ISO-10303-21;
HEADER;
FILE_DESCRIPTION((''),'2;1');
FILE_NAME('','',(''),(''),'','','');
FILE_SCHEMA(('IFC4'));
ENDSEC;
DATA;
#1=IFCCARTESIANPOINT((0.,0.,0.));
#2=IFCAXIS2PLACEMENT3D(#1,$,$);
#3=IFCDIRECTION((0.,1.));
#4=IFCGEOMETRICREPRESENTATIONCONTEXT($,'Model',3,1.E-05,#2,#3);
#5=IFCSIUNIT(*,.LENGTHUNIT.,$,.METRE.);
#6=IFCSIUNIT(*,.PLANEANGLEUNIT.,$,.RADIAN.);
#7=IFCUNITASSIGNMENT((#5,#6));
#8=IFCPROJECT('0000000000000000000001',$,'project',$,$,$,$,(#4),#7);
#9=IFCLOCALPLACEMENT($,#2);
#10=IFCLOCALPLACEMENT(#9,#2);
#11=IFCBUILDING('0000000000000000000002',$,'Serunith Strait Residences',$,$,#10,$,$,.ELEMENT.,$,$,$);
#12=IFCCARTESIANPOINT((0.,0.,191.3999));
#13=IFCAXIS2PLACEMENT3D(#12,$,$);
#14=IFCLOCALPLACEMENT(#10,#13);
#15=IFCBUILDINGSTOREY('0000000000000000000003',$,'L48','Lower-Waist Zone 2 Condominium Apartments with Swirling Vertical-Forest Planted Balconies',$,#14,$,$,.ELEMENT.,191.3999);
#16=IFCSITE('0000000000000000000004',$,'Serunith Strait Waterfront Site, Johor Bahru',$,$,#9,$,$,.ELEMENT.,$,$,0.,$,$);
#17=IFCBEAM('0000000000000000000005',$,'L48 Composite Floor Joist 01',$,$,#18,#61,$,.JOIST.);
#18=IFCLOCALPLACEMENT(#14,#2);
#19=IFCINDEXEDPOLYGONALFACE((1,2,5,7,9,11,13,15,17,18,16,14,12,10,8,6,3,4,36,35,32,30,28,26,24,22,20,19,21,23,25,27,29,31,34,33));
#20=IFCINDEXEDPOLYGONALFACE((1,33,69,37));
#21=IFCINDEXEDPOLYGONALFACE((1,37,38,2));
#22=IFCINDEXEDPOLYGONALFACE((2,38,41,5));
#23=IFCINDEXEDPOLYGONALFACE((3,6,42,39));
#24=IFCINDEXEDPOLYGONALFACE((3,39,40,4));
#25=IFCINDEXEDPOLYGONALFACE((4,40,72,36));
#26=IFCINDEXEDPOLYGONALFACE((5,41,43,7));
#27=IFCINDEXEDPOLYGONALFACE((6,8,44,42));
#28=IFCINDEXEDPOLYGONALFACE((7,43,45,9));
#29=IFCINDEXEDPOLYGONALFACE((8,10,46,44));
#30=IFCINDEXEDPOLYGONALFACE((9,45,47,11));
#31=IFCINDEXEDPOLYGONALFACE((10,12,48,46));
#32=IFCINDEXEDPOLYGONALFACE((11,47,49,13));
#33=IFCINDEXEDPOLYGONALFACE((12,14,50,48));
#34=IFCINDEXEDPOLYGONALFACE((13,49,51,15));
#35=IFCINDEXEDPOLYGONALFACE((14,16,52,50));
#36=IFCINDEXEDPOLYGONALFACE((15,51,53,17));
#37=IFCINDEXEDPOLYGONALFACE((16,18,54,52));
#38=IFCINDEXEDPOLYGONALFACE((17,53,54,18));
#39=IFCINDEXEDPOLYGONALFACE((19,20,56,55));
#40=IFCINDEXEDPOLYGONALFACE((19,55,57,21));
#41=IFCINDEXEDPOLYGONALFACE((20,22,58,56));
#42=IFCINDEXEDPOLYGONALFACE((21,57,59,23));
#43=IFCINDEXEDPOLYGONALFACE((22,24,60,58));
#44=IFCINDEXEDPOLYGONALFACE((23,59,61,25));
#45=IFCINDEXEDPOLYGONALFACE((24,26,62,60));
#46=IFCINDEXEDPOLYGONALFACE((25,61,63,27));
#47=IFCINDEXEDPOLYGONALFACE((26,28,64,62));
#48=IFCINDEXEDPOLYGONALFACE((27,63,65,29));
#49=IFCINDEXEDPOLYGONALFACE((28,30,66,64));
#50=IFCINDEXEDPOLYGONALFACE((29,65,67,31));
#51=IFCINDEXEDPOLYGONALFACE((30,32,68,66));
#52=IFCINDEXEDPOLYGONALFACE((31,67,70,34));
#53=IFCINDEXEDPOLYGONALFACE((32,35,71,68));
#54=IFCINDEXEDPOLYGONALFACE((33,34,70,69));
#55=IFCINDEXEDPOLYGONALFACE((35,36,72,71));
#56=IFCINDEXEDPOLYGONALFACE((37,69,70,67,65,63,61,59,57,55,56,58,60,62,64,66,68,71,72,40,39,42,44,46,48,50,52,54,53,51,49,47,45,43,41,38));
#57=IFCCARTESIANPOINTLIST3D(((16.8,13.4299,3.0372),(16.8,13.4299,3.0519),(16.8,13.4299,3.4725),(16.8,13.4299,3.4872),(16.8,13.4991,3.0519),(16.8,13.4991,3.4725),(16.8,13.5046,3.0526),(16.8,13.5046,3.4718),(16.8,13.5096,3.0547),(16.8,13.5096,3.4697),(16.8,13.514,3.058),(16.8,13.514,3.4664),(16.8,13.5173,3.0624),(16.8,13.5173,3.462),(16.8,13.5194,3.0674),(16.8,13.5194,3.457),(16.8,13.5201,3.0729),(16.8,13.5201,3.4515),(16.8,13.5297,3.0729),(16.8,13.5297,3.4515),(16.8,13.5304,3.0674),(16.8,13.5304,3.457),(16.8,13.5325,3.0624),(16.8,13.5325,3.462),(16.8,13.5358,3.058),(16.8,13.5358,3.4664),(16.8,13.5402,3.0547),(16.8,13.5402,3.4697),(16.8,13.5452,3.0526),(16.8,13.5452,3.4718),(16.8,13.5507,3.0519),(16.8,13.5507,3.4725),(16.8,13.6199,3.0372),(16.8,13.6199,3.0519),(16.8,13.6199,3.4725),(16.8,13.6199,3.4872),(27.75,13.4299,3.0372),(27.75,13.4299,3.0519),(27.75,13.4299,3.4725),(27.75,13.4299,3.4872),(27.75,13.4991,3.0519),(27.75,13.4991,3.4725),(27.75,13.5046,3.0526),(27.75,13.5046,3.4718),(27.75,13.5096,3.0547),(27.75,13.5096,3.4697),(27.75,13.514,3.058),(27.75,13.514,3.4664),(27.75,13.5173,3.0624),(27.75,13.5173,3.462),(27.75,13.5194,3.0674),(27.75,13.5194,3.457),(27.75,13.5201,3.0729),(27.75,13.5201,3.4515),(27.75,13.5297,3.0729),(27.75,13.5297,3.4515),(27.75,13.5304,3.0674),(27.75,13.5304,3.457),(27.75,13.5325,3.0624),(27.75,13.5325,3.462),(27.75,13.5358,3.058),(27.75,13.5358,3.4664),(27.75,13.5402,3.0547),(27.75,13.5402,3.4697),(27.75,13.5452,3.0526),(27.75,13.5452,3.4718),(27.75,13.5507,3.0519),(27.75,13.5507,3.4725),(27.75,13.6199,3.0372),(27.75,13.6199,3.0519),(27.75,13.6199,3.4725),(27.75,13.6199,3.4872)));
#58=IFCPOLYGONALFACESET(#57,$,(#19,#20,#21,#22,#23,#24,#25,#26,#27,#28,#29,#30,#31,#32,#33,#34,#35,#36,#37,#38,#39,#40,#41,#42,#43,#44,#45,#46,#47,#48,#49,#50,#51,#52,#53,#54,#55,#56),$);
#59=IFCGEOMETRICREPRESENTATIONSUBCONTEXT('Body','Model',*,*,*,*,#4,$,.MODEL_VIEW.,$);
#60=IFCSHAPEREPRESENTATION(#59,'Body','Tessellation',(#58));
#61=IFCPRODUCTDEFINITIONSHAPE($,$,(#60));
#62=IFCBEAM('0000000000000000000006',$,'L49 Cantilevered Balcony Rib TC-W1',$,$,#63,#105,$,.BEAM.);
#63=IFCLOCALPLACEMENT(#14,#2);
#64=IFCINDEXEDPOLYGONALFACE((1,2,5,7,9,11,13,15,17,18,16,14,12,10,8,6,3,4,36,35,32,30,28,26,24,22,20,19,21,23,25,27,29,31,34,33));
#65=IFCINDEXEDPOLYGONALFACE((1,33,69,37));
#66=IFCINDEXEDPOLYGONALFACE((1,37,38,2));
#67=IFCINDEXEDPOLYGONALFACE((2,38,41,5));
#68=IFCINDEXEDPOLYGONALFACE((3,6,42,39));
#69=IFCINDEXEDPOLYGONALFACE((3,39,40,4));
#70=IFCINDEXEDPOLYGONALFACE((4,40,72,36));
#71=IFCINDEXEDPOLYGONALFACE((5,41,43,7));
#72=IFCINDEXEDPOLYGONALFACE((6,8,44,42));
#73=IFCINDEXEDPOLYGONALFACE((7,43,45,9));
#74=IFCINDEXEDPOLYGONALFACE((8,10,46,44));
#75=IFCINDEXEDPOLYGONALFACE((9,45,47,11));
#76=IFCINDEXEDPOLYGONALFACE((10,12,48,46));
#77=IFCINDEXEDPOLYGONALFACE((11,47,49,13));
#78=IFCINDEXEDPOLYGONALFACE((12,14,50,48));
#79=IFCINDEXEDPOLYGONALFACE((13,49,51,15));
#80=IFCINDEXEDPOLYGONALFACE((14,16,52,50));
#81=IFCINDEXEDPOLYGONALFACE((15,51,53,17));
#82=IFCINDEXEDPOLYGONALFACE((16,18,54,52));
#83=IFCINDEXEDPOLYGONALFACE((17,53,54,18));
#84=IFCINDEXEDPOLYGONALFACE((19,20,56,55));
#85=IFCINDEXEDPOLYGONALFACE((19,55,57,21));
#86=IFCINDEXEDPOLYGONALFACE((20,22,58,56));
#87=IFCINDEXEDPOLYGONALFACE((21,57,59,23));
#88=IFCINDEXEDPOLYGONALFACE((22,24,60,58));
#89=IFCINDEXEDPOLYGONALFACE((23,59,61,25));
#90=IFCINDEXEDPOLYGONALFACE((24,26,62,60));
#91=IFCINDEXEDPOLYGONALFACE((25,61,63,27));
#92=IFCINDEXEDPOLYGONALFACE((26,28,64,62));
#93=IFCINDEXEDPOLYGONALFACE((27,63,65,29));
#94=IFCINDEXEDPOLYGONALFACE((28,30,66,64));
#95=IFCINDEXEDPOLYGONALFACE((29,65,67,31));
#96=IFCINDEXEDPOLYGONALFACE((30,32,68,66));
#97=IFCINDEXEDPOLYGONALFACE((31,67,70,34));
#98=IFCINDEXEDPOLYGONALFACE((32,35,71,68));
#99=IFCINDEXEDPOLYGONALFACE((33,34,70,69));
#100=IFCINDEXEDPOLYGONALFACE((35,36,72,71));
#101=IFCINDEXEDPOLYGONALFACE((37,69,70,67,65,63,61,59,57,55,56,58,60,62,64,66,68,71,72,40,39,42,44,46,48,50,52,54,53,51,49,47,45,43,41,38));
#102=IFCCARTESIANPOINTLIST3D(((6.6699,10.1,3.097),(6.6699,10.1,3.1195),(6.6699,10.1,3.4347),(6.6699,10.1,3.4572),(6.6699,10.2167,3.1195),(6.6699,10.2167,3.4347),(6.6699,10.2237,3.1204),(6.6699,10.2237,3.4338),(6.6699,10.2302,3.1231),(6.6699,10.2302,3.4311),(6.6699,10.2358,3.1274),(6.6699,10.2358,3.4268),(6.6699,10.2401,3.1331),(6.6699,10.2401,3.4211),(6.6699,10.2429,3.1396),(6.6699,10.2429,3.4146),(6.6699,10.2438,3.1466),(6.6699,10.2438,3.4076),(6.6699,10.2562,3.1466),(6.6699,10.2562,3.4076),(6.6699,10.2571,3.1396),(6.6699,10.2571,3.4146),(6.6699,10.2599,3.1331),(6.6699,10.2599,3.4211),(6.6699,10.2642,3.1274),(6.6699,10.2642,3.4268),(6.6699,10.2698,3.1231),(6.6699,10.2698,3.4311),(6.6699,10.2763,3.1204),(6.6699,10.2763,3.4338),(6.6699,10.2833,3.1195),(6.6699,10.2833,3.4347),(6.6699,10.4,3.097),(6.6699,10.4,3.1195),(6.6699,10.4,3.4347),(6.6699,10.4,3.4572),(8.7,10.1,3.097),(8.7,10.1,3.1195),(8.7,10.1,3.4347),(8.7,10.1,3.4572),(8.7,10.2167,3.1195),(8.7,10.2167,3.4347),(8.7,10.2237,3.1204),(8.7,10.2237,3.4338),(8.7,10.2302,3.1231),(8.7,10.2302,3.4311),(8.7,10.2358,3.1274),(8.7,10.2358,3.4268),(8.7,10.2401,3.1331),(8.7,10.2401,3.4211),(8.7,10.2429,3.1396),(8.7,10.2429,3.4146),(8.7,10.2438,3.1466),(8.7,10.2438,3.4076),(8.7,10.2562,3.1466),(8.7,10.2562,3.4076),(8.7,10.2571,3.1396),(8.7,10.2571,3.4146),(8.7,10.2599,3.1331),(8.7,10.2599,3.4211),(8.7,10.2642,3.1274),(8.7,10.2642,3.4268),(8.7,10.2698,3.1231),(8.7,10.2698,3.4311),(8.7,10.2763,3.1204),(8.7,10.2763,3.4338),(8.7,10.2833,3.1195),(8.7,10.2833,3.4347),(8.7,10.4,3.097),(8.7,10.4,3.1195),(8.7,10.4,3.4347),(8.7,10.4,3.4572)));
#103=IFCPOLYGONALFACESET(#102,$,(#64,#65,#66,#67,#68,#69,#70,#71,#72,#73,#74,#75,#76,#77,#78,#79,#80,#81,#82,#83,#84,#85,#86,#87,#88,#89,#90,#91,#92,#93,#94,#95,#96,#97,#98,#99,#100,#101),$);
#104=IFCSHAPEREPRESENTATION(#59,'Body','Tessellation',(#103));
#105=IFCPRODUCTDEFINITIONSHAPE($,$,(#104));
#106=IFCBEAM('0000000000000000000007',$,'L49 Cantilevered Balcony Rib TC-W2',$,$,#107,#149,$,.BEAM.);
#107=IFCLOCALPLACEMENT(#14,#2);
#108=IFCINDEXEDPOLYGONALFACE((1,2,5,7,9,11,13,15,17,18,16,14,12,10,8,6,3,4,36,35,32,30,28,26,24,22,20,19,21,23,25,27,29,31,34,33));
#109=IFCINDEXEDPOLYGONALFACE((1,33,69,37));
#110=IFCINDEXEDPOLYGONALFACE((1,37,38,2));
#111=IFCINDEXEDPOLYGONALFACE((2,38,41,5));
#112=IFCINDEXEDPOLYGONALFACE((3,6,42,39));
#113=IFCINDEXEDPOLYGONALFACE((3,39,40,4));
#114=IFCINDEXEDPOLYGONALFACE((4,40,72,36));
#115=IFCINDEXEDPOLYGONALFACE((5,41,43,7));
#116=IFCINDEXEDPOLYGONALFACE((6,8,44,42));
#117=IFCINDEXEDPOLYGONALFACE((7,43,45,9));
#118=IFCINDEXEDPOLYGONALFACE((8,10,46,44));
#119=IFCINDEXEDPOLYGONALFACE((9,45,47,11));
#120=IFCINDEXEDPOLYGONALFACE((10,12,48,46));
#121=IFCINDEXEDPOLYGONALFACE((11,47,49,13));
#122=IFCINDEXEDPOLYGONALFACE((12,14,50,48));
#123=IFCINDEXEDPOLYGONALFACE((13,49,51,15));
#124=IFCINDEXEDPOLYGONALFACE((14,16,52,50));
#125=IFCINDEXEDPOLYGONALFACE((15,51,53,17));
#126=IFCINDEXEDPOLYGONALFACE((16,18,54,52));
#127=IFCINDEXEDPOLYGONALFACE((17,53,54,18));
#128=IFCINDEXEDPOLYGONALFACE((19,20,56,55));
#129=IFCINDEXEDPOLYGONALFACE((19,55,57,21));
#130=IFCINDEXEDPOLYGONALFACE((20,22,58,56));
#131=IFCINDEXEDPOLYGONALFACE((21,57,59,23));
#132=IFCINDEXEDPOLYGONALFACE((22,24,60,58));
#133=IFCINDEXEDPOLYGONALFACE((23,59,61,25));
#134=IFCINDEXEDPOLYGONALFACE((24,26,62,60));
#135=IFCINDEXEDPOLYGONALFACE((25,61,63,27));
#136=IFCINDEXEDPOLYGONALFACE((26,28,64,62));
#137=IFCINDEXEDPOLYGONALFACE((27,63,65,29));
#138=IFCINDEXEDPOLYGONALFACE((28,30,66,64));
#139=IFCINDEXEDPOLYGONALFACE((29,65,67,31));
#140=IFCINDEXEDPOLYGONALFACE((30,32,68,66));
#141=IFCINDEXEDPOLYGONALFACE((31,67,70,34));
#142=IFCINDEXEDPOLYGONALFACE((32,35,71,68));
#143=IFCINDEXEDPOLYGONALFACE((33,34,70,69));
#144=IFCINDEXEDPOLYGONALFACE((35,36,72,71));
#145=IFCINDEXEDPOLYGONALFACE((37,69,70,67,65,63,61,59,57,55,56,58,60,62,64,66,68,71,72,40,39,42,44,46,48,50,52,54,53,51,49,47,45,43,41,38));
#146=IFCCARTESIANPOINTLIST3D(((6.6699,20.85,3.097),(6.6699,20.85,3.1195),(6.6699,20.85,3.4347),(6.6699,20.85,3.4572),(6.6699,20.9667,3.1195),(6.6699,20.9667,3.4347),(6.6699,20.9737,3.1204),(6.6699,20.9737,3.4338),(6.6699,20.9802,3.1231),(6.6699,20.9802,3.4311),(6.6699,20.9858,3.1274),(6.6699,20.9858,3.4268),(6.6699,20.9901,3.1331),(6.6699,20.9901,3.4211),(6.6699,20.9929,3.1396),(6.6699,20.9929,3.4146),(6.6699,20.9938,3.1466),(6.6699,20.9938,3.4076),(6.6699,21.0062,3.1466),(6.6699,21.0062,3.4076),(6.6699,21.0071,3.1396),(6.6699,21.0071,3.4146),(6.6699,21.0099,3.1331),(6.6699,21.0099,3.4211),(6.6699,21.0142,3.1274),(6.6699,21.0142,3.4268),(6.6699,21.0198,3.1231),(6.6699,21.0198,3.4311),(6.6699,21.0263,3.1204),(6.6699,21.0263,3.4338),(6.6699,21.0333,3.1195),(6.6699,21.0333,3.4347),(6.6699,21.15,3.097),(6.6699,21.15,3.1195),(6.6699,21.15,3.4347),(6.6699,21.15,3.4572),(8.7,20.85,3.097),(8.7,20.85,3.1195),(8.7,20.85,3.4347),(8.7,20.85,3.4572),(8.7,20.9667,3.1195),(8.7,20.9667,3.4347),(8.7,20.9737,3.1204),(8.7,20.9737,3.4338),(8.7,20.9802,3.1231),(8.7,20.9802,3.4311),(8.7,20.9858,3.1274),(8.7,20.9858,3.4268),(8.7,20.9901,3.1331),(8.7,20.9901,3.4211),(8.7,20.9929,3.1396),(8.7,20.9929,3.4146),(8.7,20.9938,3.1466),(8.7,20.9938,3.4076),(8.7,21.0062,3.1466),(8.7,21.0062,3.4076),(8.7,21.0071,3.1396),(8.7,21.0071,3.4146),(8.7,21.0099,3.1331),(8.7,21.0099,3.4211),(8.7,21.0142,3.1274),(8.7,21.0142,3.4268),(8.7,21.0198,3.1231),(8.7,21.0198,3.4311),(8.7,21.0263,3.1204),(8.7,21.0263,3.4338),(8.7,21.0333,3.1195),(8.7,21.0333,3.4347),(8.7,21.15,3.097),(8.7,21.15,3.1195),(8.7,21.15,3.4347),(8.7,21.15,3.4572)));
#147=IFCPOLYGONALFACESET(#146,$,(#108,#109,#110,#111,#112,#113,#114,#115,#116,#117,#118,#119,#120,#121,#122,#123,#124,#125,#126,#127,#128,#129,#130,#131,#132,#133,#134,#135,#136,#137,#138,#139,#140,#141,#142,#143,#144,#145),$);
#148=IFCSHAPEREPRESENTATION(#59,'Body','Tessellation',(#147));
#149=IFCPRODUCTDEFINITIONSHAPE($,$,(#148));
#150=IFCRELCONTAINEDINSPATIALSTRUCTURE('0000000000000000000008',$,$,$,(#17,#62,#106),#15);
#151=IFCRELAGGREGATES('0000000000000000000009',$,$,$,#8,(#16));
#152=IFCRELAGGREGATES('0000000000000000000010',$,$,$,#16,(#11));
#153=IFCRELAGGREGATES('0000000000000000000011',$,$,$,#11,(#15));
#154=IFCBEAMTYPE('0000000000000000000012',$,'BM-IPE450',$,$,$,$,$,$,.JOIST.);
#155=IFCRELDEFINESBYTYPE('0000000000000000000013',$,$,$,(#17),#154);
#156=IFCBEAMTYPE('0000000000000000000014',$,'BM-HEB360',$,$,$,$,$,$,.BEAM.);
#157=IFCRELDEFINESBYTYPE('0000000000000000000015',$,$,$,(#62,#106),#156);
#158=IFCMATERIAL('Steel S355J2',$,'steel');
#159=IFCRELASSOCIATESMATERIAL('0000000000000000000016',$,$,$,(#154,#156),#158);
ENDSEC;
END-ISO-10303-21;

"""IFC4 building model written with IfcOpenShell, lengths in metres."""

from ifc_helpers import new_model, si_unit, direction, frame, origin, origin_2d, place, context, subcontext, project, spatial, i_section, extrude, source, transform, mapped, material, material_profile, profile_set, type_object, element, save


model = new_model("IFC4")

# Units and contexts
model_context = context("Model", 3, precision=1e-05, world=origin(), true_north=direction((0.0, 1.0)))
body_context = subcontext(model_context, "Body", "Model", "MODEL_VIEW")
ifc_project = project(units=[si_unit("LENGTHUNIT", "METRE"), si_unit("PLANEANGLEUNIT", "RADIAN")], contexts=[model_context])

# Site, building, storey
site_placement = place(None, origin())
site = spatial("IfcSite", under=ifc_project, at=site_placement, Name="Serunith Strait Waterfront Site, Johor Bahru", CompositionType="ELEMENT", RefElevation=0.0)
building_placement = place(site_placement, origin())
building = spatial("IfcBuilding", under=site, at=building_placement, Name="Serunith Strait Residences", CompositionType="ELEMENT")
storey_placement = place(building_placement, frame((0.0, 0.0, 191.3999)))
storey = spatial("IfcBuildingStorey", under=building, at=storey_placement, Name="L48", Description="Lower-Waist Zone 2 Condominium Apartments with Swirling Vertical-Forest Planted Balconies", CompositionType="ELEMENT", Elevation=191.3999)

# Beams
ifc_material_1 = material(Name="Steel S355J2", Category="steel")
ifc_material_profile_1 = material_profile(ifc_material_1, i_section(OverallWidth=0.1899, OverallDepth=0.45, WebThickness=0.0095, FlangeThickness=0.0146, FilletRadius=0.021, at=origin_2d()), Name="IPE 450")
ifc_profile_set_1 = profile_set([ifc_material_profile_1], Name="Steel S355J2")
beam_type_1 = type_object("IfcBeamType", Name="BM-IPE450", PredefinedType="JOIST", material=ifc_profile_set_1)
shared_shape_1 = source(origin(), body_context, "Body", "SweptSolid", [
    extrude(i_section(OverallWidth=0.1899, OverallDepth=0.45, WebThickness=0.0095, FlangeThickness=0.0146, FilletRadius=0.021, at=origin_2d()), origin(), (0.0, 0.0, 1.0), 10.95),
])
beam_1_placement = place(storey_placement, frame((16.8, 13.5249, 3.2622), z_axis=(1.0, 0.0, 0.0), x_axis=(0.0, 1.0, 0.0)))
element("IfcBeam", 1, at=beam_1_placement, inside=storey, type_object=beam_type_1, Name="L48 Composite Floor Joist 01", PredefinedType="JOIST", context=body_context, shape_type="MappedRepresentation", body=[
    mapped(shared_shape_1, transform((0.0, 0.0, 0.0), scale=1.0)),
])
ifc_material_profile_2 = material_profile(ifc_material_1, i_section(OverallWidth=0.3, OverallDepth=0.3601, WebThickness=0.0125, FlangeThickness=0.0225, FilletRadius=0.0271, at=origin_2d()), Name="HEB 360")
ifc_profile_set_2 = profile_set([ifc_material_profile_2], Name="Steel S355J2")
beam_type_2 = type_object("IfcBeamType", Name="BM-HEB360", PredefinedType="BEAM", material=ifc_profile_set_2)
shared_shape_2 = source(origin(), body_context, "Body", "SweptSolid", [
    extrude(i_section(OverallWidth=0.3, OverallDepth=0.3601, WebThickness=0.0125, FlangeThickness=0.0225, FilletRadius=0.0271, at=origin_2d()), origin(), (0.0, 0.0, 1.0), 2.03),
])
for number, where, z_axis, x_axis, name in (
    (2, (8.7, 10.25, 3.2771), (-1.0, 0.0, 0.0), (0.0, -1.0, 0.0), "L49 Cantilevered Balcony Rib TC-W1"),
    (3, (8.7, 21.0, 3.2771), (-1.0, 0.0, 0.0), (0.0, -1.0, 0.0), "L49 Cantilevered Balcony Rib TC-W2"),
):
    element("IfcBeam", number, at=place(storey_placement, frame(where, z_axis=z_axis, x_axis=x_axis)), inside=storey, type_object=beam_type_2, Name=name, PredefinedType="BEAM", context=body_context, shape_type="MappedRepresentation", body=[
        mapped(shared_shape_2, transform((0.0, 0.0, 0.0), scale=1.0)),
    ])

save(model, "model.ifc")
